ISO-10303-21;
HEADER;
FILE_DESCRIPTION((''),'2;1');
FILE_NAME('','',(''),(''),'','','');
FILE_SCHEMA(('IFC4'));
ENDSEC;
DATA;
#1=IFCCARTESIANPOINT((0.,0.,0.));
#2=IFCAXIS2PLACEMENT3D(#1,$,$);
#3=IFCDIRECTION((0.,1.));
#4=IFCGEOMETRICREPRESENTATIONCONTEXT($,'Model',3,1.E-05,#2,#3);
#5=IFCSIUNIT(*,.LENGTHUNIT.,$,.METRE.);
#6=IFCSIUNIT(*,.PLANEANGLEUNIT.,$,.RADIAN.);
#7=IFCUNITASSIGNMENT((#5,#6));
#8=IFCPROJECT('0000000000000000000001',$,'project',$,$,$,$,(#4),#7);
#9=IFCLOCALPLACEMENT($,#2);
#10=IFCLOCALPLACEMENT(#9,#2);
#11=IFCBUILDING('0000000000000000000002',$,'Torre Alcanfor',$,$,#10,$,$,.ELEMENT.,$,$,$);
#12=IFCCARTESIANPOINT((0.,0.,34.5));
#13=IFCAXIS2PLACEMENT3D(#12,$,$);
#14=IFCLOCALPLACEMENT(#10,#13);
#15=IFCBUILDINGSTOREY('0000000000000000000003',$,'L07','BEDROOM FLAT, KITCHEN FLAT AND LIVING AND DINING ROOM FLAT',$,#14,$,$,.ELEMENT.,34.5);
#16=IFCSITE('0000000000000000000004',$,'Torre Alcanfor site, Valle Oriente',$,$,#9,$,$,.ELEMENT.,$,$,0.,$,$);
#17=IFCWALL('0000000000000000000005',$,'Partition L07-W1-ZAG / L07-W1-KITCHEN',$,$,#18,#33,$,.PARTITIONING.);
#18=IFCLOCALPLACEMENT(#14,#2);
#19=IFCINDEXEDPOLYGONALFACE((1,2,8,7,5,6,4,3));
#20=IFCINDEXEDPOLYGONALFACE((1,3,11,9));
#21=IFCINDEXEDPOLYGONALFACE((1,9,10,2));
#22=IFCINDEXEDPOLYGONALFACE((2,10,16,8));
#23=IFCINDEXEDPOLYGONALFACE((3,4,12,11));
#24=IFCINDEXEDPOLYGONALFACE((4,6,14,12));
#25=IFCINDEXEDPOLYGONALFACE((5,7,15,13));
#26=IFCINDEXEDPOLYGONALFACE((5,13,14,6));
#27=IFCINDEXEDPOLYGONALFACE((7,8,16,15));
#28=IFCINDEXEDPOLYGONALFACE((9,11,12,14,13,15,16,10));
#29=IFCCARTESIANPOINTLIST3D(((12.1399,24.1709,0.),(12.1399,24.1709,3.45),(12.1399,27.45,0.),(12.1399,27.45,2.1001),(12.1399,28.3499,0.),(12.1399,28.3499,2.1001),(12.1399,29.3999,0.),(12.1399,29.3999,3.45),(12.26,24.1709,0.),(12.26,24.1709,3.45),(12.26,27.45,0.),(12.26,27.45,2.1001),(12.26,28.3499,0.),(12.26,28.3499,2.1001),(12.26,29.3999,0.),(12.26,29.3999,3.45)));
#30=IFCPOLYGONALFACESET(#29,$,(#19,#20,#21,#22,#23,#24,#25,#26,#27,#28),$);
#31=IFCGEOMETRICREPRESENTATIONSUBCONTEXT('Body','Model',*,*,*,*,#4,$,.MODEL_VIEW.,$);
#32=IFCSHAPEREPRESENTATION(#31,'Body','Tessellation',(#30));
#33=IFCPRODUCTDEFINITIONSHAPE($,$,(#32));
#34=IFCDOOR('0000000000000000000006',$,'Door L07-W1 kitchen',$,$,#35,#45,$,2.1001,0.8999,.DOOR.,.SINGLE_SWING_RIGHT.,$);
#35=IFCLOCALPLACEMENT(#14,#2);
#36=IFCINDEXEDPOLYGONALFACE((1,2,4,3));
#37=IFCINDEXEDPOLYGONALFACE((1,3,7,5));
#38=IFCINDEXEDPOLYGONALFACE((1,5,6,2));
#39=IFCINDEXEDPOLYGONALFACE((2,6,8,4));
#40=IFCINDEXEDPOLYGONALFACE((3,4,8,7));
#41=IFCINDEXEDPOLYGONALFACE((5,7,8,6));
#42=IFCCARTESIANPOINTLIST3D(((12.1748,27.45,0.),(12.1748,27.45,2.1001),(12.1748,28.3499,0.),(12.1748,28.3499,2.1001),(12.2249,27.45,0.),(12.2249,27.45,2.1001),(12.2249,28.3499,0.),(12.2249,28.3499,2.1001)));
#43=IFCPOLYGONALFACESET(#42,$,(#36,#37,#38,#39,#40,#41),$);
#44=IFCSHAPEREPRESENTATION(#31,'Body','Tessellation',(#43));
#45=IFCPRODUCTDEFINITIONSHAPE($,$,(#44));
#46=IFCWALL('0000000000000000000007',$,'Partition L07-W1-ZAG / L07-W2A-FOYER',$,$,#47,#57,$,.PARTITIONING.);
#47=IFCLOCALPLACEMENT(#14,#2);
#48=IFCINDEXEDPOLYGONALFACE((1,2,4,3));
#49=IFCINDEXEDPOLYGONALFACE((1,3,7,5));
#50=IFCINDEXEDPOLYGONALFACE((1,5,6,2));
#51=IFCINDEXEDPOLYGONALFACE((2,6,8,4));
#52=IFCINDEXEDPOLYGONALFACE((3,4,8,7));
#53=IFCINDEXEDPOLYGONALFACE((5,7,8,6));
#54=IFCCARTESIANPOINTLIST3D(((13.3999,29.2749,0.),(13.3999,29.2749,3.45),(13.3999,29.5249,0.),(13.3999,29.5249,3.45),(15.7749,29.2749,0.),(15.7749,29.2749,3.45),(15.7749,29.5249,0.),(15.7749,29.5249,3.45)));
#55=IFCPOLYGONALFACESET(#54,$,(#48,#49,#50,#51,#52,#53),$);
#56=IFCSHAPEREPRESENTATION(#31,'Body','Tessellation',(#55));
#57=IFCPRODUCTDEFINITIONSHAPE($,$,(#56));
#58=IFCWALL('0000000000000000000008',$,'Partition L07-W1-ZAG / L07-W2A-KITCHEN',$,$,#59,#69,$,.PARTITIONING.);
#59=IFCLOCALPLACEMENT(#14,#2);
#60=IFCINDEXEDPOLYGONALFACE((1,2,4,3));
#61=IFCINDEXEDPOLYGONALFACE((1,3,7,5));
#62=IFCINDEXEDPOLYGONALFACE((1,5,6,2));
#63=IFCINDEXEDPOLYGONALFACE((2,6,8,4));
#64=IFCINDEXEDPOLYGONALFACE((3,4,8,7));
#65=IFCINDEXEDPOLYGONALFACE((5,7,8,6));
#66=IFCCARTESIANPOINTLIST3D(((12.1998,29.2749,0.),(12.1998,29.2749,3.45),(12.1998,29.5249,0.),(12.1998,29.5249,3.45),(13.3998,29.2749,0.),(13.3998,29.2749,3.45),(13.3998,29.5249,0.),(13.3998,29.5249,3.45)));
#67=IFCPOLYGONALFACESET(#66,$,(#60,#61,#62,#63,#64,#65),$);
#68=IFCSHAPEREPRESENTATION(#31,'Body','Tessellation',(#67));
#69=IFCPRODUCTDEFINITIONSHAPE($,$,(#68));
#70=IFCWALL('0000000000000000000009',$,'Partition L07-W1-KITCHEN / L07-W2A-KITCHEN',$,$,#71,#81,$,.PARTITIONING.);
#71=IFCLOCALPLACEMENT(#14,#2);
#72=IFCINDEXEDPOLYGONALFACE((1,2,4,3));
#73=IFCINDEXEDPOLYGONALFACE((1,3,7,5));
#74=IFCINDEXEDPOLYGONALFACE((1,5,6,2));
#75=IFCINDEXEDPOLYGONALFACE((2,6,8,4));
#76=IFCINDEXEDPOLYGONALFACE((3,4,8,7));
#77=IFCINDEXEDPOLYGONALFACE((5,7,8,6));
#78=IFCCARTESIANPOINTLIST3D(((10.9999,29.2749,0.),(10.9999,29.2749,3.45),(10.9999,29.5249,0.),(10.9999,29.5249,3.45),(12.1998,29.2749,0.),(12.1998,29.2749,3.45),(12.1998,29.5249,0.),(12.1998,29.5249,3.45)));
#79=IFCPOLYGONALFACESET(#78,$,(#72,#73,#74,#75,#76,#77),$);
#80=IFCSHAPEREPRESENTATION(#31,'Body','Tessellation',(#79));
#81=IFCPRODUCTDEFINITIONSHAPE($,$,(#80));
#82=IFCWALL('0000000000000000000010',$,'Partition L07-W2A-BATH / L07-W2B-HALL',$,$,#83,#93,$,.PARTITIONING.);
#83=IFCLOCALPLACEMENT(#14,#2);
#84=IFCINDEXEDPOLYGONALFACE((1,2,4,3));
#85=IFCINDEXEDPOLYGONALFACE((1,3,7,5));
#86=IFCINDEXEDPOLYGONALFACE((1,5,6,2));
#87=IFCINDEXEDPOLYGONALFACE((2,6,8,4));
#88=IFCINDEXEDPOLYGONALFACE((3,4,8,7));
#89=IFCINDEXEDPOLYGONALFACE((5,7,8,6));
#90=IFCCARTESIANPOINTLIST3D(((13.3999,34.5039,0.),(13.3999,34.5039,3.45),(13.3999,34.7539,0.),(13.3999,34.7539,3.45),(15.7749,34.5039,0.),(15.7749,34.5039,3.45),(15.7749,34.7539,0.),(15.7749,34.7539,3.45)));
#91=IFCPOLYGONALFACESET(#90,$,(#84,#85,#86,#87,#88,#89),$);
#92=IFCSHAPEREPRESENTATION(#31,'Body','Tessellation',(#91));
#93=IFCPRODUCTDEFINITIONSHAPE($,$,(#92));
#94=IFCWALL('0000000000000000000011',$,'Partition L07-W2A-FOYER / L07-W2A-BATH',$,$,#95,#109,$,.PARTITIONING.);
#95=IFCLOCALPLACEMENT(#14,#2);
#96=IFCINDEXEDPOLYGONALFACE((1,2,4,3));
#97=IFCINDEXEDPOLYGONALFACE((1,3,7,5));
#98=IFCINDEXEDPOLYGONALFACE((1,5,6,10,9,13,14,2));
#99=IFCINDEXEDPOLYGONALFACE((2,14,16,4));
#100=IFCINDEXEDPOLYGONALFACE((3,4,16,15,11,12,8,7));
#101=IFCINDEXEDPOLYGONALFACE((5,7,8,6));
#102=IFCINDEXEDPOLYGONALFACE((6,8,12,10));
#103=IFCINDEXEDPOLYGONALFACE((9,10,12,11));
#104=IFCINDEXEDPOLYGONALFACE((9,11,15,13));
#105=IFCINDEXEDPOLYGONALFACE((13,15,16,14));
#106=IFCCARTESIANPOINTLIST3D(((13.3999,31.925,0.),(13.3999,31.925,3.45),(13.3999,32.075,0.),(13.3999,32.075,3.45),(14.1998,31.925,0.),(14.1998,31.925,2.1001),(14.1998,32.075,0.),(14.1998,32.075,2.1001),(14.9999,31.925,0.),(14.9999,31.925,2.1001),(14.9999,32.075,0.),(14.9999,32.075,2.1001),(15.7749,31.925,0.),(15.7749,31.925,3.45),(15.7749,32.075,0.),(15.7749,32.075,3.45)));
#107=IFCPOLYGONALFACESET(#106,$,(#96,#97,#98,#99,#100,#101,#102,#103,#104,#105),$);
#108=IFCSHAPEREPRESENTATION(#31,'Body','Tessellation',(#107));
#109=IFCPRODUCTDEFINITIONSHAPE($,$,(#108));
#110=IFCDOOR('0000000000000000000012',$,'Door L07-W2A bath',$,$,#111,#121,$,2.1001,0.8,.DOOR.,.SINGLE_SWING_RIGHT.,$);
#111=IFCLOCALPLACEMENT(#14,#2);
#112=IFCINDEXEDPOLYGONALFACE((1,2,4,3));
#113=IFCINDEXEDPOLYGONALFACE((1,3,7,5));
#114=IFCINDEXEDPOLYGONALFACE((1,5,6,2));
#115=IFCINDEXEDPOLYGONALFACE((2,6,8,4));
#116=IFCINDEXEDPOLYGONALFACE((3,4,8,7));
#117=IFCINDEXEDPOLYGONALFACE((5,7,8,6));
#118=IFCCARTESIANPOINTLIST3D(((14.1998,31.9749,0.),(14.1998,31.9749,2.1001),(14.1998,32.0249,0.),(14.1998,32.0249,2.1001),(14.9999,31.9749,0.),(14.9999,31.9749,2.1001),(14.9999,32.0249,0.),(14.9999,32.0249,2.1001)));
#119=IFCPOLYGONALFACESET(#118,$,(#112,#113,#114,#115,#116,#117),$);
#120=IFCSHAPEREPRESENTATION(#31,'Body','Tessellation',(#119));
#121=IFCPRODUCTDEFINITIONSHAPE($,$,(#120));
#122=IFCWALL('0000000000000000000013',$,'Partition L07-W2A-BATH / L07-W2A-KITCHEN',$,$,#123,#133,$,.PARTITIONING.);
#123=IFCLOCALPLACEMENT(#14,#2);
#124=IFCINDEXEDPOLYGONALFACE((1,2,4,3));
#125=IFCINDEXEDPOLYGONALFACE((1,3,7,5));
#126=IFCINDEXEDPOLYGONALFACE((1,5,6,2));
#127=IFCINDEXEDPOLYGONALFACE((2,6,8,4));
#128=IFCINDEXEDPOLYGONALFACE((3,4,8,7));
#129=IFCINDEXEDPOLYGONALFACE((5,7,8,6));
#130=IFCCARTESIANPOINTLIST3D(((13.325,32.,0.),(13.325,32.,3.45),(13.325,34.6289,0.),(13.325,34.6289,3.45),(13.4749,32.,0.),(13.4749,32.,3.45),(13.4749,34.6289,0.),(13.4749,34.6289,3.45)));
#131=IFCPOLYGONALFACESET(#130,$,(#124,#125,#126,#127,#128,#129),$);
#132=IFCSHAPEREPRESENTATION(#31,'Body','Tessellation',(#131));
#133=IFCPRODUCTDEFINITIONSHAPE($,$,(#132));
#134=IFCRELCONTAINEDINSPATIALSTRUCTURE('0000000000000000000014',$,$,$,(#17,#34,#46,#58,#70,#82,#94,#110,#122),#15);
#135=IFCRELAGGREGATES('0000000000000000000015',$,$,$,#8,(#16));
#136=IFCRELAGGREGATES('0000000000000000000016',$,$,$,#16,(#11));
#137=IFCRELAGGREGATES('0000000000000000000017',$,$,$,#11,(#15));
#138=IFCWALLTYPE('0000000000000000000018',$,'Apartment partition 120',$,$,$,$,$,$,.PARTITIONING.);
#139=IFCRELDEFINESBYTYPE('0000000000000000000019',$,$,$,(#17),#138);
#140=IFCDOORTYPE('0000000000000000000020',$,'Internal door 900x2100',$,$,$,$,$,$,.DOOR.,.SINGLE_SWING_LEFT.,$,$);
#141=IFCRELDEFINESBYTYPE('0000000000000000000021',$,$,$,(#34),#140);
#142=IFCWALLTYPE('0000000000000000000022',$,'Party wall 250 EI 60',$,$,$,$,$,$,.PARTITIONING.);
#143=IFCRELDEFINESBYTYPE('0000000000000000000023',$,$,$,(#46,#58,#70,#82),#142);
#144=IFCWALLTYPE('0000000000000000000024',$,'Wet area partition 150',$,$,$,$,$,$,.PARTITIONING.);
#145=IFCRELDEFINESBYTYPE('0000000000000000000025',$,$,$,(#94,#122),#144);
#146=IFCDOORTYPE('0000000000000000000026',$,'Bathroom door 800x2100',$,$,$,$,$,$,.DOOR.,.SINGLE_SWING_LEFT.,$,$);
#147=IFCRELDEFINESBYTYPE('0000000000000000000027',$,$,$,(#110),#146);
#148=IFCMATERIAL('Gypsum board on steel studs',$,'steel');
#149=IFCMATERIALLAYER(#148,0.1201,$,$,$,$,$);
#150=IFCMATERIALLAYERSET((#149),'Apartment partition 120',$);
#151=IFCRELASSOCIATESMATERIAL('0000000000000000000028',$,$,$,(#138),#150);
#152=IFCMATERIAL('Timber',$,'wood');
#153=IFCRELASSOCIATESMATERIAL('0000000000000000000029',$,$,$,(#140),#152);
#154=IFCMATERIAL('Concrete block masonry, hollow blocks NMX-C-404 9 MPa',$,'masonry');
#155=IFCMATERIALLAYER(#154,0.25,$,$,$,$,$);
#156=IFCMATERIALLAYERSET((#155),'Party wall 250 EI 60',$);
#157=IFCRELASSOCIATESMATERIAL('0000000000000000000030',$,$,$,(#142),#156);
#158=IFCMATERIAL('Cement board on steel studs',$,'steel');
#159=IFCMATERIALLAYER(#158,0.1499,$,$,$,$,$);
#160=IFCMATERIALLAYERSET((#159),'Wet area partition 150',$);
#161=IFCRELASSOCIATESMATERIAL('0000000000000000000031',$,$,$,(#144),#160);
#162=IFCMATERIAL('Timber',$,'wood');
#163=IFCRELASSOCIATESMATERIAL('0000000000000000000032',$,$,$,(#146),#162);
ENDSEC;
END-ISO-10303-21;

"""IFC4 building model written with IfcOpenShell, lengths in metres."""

from ifc_helpers import new_model, si_unit, direction, frame, frame_2d, origin, place, context, subcontext, project, spatial, rectangle, extrude, material, layer, layer_set, type_object, element, fill, save


model = new_model("IFC4")

# Units and contexts
model_context = context("Model", 3, precision=1e-05, world=origin(), true_north=direction((0.0, 1.0)))
body_context = subcontext(model_context, "Body", "Model", "MODEL_VIEW")
ifc_project = project(units=[si_unit("LENGTHUNIT", "METRE"), si_unit("PLANEANGLEUNIT", "RADIAN")], contexts=[model_context])

# Site, building, storey
site_placement = place(None, origin())
site = spatial("IfcSite", under=ifc_project, at=site_placement, Name="Torre Alcanfor site, Valle Oriente", CompositionType="ELEMENT", RefElevation=0.0)
building_placement = place(site_placement, origin())
building = spatial("IfcBuilding", under=site, at=building_placement, Name="Torre Alcanfor", CompositionType="ELEMENT")
storey_placement = place(building_placement, frame((0.0, 0.0, 34.5)))
storey = spatial("IfcBuildingStorey", under=building, at=storey_placement, Name="L07", Description="BEDROOM FLAT, KITCHEN FLAT AND LIVING AND DINING ROOM FLAT", CompositionType="ELEMENT", Elevation=34.5)

# Wall, opening, door
ifc_material_1 = material(Name="Gypsum board on steel studs", Category="steel")
ifc_layer_1 = layer(ifc_material_1, 0.1201)
ifc_layer_set_1 = layer_set([ifc_layer_1], Name="Apartment partition 120")
wall_type_1 = type_object("IfcWallType", Name="Apartment partition 120", PredefinedType="PARTITIONING", material=ifc_layer_set_1)
wall_1_placement = place(storey_placement, frame((12.2, 29.3999, 0.0), z_axis=(0.0, 0.0, 1.0), x_axis=(0.0, -1.0, 0.0)))
wall_1 = element("IfcWall", 1, at=wall_1_placement, inside=storey, type_object=wall_type_1, Name="Partition L07-W1-ZAG / L07-W1-KITCHEN", PredefinedType="PARTITIONING", context=body_context, shape_type="SweptSolid", body=[
    extrude(rectangle(XDim=5.229, YDim=0.1201, at=frame_2d((2.6145, 0.0))), origin(), (0.0, 0.0, 1.0), 3.45),
])
opening_1_placement = place(wall_1_placement, frame((1.05, 0.0, 0.0)))
opening_1 = element("IfcOpeningElement", 2, at=opening_1_placement, cuts=wall_1, PredefinedType="OPENING", context=body_context, shape_type="SweptSolid", body=[
    extrude(rectangle(XDim=0.8999, YDim=2.1001, at=frame_2d((0.45, 1.05))), frame((0.0, 0.0701, 0.0), z_axis=(0.0, -1.0, 0.0), x_axis=(1.0, 0.0, 0.0)), (0.0, 0.0, 1.0), 0.1401),
])
ifc_material_2 = material(Name="Timber", Category="wood")
door_type_1 = type_object("IfcDoorType", Name="Internal door 900x2100", OperationType="SINGLE_SWING_LEFT", PredefinedType="DOOR", material=ifc_material_2)
door_1_placement = place(opening_1_placement, frame((0.8999, 0.0, 0.0), z_axis=(0.0, 0.0, 1.0), x_axis=(-1.0, 0.0, 0.0)))
door_1 = element("IfcDoor", 3, at=door_1_placement, inside=storey, type_object=door_type_1, Name="Door L07-W1 kitchen", OperationType="SINGLE_SWING_RIGHT", OverallHeight=2.1001, OverallWidth=0.8999, PredefinedType="DOOR", context=body_context, shape_type="SweptSolid", body=[
    extrude(rectangle(XDim=0.8999, YDim=2.1001, at=frame_2d((0.45, 1.05))), frame((0.0, 0.0251, 0.0), z_axis=(0.0, -1.0, 0.0), x_axis=(1.0, 0.0, 0.0)), (0.0, 0.0, 1.0), 0.05),
])
fill(opening_1, door_1)

# Walls
ifc_material_3 = material(Name="Concrete block masonry, hollow blocks NMX-C-404 9 MPa", Category="masonry")
ifc_layer_2 = layer(ifc_material_3, 0.25)
ifc_layer_set_2 = layer_set([ifc_layer_2], Name="Party wall 250 EI 60")
wall_type_2 = type_object("IfcWallType", Name="Party wall 250 EI 60", PredefinedType="PARTITIONING", material=ifc_layer_set_2)
wall_2_placement = place(storey_placement, frame((15.7749, 29.3999, 0.0), z_axis=(0.0, 0.0, 1.0), x_axis=(-1.0, 0.0, 0.0)))
element("IfcWall", 4, at=wall_2_placement, inside=storey, type_object=wall_type_2, Name="Partition L07-W1-ZAG / L07-W2A-FOYER", PredefinedType="PARTITIONING", context=body_context, shape_type="SweptSolid", body=[
    extrude(rectangle(XDim=2.375, YDim=0.25, at=frame_2d((1.1875, 0.0))), origin(), (0.0, 0.0, 1.0), 3.45),
])
for number, where, z_axis, x_axis, name in (
    (5, (13.3999, 29.3999, 0.0), (0.0, 0.0, 1.0), (-1.0, 0.0, 0.0), "Partition L07-W1-ZAG / L07-W2A-KITCHEN"),
    (6, (12.2, 29.3999, 0.0), (0.0, 0.0, 1.0), (-1.0, 0.0, 0.0), "Partition L07-W1-KITCHEN / L07-W2A-KITCHEN"),
):
    element("IfcWall", number, at=place(storey_placement, frame(where, z_axis=z_axis, x_axis=x_axis)), inside=storey, type_object=wall_type_2, Name=name, PredefinedType="PARTITIONING", context=body_context, shape_type="SweptSolid", body=[
        extrude(rectangle(XDim=1.2, YDim=0.25, at=frame_2d((0.6001, 0.0))), origin(), (0.0, 0.0, 1.0), 3.45),
    ])
wall_3_placement = place(storey_placement, frame((13.3999, 34.6289, 0.0), z_axis=(0.0, 0.0, 1.0), x_axis=(1.0, 0.0, 0.0)))
element("IfcWall", 7, at=wall_3_placement, inside=storey, type_object=wall_type_2, Name="Partition L07-W2A-BATH / L07-W2B-HALL", PredefinedType="PARTITIONING", context=body_context, shape_type="SweptSolid", body=[
    extrude(rectangle(XDim=2.375, YDim=0.25, at=frame_2d((1.1875, 0.0))), origin(), (0.0, 0.0, 1.0), 3.45),
])

# Wall, opening, door
ifc_material_4 = material(Name="Cement board on steel studs", Category="steel")
ifc_layer_3 = layer(ifc_material_4, 0.1499)
ifc_layer_set_3 = layer_set([ifc_layer_3], Name="Wet area partition 150")
wall_type_3 = type_object("IfcWallType", Name="Wet area partition 150", PredefinedType="PARTITIONING", material=ifc_layer_set_3)
wall_4_placement = place(storey_placement, frame((13.3999, 32.0, 0.0), z_axis=(0.0, 0.0, 1.0), x_axis=(1.0, 0.0, 0.0)))
wall_4 = element("IfcWall", 8, at=wall_4_placement, inside=storey, type_object=wall_type_3, Name="Partition L07-W2A-FOYER / L07-W2A-BATH", PredefinedType="PARTITIONING", context=body_context, shape_type="SweptSolid", body=[
    extrude(rectangle(XDim=2.375, YDim=0.1499, at=frame_2d((1.1875, 0.0))), origin(), (0.0, 0.0, 1.0), 3.45),
])
opening_2_placement = place(wall_4_placement, frame((0.8, 0.0, 0.0)))
opening_2 = element("IfcOpeningElement", 9, at=opening_2_placement, cuts=wall_4, PredefinedType="OPENING", context=body_context, shape_type="SweptSolid", body=[
    extrude(rectangle(XDim=0.8, YDim=2.1001, at=frame_2d((0.3999, 1.05))), frame((0.0, 0.085, 0.0), z_axis=(0.0, -1.0, 0.0), x_axis=(1.0, 0.0, 0.0)), (0.0, 0.0, 1.0), 0.1699),
])
ifc_material_5 = material(Name="Timber", Category="wood")
door_type_2 = type_object("IfcDoorType", Name="Bathroom door 800x2100", OperationType="SINGLE_SWING_LEFT", PredefinedType="DOOR", material=ifc_material_5)
door_2_placement = place(opening_2_placement, origin())
door_2 = element("IfcDoor", 10, at=door_2_placement, inside=storey, type_object=door_type_2, Name="Door L07-W2A bath", OperationType="SINGLE_SWING_RIGHT", OverallHeight=2.1001, OverallWidth=0.8, PredefinedType="DOOR", context=body_context, shape_type="SweptSolid", body=[
    extrude(rectangle(XDim=0.8, YDim=2.1001, at=frame_2d((0.3999, 1.05))), frame((0.0, 0.0249, 0.0), z_axis=(0.0, -1.0, 0.0), x_axis=(1.0, 0.0, 0.0)), (0.0, 0.0, 1.0), 0.05),
])
fill(opening_2, door_2)

# Wall
wall_5_placement = place(storey_placement, frame((13.3999, 32.0, 0.0), z_axis=(0.0, 0.0, 1.0), x_axis=(0.0, 1.0, 0.0)))
element("IfcWall", 11, at=wall_5_placement, inside=storey, type_object=wall_type_3, Name="Partition L07-W2A-BATH / L07-W2A-KITCHEN", PredefinedType="PARTITIONING", context=body_context, shape_type="SweptSolid", body=[
    extrude(rectangle(XDim=2.6289, YDim=0.1499, at=frame_2d((1.3145, 0.0))), origin(), (0.0, 0.0, 1.0), 3.45),
])

save(model, "model.ifc")
